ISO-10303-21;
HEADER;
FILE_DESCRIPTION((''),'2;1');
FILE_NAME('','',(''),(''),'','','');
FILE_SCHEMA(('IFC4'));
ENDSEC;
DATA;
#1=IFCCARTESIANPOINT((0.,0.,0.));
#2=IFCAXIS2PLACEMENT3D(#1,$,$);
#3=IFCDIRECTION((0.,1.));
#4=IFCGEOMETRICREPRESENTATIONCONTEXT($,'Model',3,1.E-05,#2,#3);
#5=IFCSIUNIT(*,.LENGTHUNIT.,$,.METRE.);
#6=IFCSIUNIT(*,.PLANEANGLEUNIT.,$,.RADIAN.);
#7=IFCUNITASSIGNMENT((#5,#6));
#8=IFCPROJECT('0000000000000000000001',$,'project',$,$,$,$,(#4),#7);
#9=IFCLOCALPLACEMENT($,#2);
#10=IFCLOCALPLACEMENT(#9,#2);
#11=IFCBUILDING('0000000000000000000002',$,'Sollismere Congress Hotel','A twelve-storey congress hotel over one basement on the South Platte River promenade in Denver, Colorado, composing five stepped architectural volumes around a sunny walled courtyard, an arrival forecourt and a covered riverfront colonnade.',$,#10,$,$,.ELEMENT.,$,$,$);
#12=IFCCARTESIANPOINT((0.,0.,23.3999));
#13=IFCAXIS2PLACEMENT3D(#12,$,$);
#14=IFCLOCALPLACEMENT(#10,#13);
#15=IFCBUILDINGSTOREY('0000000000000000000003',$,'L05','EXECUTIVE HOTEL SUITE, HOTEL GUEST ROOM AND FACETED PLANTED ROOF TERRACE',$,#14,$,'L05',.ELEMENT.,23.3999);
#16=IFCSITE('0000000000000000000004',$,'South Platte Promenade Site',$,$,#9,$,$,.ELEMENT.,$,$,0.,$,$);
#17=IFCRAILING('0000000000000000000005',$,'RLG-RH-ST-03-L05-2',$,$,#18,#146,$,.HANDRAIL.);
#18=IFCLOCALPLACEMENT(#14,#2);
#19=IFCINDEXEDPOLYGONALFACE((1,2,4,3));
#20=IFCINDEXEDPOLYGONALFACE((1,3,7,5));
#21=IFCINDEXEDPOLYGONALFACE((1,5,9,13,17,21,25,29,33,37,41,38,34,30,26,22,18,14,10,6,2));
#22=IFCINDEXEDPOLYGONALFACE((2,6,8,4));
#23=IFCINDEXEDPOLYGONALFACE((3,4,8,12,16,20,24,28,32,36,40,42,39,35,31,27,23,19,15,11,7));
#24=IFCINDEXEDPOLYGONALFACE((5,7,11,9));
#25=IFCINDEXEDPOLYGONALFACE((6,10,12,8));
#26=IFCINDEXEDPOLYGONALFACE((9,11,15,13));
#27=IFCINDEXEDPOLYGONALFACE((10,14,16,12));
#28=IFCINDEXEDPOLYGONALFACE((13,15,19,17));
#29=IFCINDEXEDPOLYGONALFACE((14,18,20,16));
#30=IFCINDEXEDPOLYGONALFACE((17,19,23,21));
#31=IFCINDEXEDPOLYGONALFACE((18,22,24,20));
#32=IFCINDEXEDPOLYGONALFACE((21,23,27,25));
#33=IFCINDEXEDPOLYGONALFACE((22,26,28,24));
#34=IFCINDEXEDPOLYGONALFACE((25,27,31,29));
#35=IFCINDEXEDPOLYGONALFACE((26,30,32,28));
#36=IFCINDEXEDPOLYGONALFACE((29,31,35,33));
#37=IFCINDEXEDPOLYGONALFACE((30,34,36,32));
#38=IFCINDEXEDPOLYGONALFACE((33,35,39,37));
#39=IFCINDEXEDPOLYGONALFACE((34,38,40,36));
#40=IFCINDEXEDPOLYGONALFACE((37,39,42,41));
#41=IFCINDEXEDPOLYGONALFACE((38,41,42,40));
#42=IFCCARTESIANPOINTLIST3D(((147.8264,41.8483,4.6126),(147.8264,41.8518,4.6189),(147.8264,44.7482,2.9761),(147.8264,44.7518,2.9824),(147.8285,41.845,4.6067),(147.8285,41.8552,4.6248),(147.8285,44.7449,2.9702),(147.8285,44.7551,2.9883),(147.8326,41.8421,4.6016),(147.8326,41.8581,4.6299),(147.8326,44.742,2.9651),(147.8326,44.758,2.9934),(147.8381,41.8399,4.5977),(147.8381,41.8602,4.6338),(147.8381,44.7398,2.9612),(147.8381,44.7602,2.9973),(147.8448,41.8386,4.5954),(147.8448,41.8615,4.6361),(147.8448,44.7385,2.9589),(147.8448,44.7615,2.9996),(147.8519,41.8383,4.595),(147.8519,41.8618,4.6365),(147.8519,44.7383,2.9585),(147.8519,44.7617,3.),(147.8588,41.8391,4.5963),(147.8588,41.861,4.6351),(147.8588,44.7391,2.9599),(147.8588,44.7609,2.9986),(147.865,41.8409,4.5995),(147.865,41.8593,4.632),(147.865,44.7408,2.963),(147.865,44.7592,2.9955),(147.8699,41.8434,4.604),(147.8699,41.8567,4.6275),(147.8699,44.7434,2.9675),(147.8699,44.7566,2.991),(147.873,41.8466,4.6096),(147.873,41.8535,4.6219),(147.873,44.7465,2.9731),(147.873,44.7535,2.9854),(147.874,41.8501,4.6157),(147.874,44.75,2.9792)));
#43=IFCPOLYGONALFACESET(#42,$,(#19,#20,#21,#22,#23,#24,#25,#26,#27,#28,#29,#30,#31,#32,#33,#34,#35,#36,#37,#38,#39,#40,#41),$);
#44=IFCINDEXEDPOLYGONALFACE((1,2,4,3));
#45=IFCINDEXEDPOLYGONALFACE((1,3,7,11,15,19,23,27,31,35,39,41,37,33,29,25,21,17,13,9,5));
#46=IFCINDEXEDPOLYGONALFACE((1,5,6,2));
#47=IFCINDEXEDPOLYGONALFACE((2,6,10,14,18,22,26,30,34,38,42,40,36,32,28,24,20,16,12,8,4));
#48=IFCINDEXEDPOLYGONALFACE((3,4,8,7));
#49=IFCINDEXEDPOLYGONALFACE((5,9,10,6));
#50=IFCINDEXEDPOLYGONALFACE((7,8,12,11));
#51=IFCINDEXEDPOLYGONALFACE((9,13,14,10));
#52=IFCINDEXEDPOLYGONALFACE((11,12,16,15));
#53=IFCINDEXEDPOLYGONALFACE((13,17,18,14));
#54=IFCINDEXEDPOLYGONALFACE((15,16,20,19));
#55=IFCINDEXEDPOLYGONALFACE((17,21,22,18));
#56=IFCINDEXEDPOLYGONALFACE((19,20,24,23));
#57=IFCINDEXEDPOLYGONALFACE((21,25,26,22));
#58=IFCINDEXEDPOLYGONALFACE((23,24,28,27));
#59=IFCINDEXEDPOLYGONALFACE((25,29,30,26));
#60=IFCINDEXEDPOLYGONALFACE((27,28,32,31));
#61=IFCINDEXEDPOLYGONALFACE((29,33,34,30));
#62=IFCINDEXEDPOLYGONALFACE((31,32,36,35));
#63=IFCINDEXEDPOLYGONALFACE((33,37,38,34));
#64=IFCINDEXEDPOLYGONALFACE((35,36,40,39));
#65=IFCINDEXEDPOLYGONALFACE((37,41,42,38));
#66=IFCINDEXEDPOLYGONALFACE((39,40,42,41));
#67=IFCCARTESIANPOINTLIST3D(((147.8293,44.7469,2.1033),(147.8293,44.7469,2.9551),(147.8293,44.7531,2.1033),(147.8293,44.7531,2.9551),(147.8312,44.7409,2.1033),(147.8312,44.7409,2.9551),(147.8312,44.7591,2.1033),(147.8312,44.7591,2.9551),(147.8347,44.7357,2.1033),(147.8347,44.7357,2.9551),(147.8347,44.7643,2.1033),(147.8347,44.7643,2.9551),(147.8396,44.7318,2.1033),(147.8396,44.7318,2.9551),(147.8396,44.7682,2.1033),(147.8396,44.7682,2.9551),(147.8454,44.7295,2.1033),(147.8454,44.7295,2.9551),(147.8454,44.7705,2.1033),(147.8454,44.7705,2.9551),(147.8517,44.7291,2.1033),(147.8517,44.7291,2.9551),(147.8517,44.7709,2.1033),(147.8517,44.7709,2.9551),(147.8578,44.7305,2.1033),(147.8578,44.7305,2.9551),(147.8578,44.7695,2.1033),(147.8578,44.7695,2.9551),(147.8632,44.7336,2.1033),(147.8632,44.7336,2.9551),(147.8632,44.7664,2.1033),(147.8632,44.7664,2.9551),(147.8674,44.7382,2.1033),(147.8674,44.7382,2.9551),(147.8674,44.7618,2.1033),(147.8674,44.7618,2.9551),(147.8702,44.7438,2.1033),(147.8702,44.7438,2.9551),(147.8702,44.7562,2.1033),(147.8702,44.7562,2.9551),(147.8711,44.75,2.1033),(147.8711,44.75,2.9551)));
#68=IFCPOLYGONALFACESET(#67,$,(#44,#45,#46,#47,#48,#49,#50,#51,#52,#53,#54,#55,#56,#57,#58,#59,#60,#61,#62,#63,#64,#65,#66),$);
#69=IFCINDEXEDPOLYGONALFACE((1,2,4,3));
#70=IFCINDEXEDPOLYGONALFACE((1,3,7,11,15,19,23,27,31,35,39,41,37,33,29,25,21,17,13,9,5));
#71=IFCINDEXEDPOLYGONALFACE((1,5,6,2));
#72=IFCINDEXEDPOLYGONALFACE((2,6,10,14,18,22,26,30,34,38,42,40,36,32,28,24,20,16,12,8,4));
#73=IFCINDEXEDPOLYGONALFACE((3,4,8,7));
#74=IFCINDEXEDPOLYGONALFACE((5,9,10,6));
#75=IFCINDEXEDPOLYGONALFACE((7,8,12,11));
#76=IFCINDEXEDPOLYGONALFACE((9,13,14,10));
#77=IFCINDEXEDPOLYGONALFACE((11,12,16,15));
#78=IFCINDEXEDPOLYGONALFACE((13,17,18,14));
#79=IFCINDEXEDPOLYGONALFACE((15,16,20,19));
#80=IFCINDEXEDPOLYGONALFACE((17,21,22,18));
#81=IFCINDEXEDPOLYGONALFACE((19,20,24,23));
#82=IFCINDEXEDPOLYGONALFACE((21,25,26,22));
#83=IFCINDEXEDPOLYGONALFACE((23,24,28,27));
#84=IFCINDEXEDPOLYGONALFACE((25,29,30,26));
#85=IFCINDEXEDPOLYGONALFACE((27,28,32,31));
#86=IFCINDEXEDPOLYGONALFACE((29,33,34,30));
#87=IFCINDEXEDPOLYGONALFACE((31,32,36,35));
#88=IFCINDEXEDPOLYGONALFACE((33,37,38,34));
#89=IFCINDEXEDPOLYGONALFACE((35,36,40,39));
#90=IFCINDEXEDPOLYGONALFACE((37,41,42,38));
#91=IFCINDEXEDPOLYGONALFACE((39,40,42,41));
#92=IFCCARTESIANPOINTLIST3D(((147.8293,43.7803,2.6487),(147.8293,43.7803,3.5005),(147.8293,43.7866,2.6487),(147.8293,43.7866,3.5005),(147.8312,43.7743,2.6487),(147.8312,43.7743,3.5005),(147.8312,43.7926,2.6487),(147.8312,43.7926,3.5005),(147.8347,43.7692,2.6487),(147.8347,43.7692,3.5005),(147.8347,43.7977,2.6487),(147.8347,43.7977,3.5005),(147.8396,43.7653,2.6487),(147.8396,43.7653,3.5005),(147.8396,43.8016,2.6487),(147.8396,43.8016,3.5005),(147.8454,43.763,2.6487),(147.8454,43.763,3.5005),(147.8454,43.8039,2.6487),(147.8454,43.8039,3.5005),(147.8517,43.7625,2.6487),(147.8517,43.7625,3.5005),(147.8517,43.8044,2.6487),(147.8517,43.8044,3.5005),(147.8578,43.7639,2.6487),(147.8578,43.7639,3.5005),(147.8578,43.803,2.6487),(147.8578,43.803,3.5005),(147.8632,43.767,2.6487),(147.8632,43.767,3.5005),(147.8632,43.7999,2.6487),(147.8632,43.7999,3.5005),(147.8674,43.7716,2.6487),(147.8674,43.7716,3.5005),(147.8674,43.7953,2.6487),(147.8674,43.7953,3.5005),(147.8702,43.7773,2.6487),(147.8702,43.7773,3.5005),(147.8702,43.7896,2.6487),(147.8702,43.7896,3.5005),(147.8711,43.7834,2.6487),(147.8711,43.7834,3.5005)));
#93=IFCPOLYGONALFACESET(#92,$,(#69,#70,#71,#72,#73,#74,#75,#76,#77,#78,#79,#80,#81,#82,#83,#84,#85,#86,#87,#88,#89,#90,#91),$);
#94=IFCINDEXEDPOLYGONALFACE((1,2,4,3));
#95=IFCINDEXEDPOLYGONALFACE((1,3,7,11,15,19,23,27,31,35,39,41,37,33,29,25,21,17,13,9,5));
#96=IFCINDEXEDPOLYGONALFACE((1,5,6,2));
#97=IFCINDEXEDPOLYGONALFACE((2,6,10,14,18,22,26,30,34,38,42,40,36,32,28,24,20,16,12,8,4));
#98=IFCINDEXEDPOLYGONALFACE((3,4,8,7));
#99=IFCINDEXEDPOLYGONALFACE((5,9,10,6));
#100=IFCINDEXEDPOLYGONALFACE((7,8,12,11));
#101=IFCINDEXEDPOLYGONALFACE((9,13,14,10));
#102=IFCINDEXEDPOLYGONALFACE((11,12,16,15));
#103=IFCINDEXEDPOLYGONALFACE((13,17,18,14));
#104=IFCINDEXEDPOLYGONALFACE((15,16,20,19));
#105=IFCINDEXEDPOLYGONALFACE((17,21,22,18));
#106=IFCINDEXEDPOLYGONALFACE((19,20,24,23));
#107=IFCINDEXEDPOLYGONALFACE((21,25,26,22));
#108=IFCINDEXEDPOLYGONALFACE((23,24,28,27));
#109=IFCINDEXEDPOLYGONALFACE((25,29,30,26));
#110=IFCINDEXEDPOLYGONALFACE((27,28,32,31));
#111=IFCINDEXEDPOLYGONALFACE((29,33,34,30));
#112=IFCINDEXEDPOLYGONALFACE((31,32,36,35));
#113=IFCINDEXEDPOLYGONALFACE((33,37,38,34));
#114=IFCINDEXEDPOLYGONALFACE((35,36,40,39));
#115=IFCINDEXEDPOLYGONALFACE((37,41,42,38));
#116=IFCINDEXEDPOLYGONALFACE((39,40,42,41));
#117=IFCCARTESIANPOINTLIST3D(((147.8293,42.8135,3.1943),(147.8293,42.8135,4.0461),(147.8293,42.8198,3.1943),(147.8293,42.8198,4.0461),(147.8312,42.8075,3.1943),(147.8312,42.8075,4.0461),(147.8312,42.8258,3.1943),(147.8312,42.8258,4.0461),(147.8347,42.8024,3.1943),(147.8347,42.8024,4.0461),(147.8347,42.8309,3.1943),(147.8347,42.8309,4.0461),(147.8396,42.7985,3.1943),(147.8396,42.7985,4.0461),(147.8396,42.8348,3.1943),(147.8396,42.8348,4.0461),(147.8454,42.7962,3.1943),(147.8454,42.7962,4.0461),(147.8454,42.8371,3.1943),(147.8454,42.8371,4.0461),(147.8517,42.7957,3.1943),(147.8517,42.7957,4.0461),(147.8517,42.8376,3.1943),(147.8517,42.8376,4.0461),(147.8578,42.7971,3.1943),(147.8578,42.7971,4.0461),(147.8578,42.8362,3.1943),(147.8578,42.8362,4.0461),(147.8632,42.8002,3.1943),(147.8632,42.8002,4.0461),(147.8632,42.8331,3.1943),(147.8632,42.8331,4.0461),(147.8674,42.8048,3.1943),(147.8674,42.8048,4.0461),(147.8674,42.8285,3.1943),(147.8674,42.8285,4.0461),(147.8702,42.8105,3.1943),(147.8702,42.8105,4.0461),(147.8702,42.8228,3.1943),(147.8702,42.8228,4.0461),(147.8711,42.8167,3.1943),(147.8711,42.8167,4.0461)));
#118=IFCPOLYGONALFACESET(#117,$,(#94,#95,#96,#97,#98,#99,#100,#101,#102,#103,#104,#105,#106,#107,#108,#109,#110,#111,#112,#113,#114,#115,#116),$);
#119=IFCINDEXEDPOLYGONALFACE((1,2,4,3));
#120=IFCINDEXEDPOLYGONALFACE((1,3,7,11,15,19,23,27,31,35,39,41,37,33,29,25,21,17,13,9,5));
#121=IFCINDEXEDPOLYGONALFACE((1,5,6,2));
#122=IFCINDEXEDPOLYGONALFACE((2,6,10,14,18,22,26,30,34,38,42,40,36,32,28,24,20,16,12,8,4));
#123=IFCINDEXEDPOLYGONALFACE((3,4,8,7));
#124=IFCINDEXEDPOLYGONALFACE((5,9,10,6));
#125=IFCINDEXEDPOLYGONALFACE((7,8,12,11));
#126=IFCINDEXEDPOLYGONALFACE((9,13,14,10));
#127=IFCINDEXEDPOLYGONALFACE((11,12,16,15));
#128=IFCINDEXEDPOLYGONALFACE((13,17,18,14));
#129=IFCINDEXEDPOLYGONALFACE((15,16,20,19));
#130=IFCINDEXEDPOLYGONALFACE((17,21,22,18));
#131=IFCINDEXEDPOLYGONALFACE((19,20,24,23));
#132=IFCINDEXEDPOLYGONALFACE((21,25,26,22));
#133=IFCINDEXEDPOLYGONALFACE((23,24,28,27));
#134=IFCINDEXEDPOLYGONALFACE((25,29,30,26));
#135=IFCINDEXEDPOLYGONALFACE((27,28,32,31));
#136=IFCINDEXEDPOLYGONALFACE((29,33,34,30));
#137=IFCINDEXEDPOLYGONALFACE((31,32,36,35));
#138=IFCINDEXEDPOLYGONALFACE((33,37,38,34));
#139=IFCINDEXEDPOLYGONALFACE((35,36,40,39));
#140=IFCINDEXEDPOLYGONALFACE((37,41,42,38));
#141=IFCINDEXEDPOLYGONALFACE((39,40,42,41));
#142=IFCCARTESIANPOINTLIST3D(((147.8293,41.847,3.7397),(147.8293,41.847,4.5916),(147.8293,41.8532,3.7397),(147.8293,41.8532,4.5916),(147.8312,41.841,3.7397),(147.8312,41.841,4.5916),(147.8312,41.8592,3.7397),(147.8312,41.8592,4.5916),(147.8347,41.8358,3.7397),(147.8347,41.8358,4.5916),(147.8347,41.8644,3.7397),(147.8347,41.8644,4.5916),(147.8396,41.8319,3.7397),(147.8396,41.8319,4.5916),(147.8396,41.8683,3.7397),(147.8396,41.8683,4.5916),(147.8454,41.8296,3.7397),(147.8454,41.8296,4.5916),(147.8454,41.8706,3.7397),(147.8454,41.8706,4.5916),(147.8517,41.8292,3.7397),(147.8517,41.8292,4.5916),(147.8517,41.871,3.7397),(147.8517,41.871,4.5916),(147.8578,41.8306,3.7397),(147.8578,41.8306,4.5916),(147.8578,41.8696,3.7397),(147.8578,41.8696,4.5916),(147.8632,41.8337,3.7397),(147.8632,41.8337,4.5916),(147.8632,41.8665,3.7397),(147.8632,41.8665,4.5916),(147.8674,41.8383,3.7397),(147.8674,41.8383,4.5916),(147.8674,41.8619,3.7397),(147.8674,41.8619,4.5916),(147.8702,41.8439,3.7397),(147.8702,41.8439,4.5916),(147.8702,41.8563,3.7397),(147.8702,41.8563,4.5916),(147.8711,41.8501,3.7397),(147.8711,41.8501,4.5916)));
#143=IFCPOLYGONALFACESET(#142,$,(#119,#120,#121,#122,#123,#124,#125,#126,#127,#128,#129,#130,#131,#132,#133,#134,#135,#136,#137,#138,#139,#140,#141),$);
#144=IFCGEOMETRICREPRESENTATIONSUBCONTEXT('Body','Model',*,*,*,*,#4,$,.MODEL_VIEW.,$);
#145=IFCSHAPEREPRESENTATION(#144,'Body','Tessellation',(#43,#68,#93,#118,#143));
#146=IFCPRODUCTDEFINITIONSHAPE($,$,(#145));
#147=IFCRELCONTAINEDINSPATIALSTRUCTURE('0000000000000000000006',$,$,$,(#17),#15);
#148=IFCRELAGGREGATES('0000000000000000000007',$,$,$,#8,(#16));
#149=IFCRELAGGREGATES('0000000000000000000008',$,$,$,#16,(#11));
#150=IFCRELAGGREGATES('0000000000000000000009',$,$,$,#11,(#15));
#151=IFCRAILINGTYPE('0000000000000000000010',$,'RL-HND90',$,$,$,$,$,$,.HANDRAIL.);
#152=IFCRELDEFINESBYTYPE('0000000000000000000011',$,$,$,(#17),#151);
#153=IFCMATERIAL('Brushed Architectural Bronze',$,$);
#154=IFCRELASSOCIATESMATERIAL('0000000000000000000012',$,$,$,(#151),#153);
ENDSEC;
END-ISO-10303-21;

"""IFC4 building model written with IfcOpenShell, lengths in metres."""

from ifc_helpers import new_model, si_unit, direction, frame, origin, origin_2d, place, context, subcontext, project, spatial, circle, extrude, material, type_object, element, save


model = new_model("IFC4")

# Units and contexts
model_context = context("Model", 3, precision=1e-05, world=origin(), true_north=direction((0.0, 1.0)))
body_context = subcontext(model_context, "Body", "Model", "MODEL_VIEW")
ifc_project = project(units=[si_unit("LENGTHUNIT", "METRE"), si_unit("PLANEANGLEUNIT", "RADIAN")], contexts=[model_context])

# Site, building, storey
site_placement = place(None, origin())
site = spatial("IfcSite", under=ifc_project, at=site_placement, Name="South Platte Promenade Site", CompositionType="ELEMENT", RefElevation=0.0)
building_placement = place(site_placement, origin())
building = spatial("IfcBuilding", under=site, at=building_placement, Name="Sollismere Congress Hotel", Description="A twelve-storey congress hotel over one basement on the South Platte River promenade in Denver, Colorado, composing five stepped architectural volumes around a sunny walled courtyard, an arrival forecourt and a covered riverfront colonnade.", CompositionType="ELEMENT")
storey_placement = place(building_placement, frame((0.0, 0.0, 23.3999)))
storey = spatial("IfcBuildingStorey", under=building, at=storey_placement, Name="L05", Description="EXECUTIVE HOTEL SUITE, HOTEL GUEST ROOM AND FACETED PLANTED ROOF TERRACE", LongName="L05", CompositionType="ELEMENT", Elevation=23.3999)

# Railing
ifc_material_1 = material(Name="Brushed Architectural Bronze")
railing_type_1 = type_object("IfcRailingType", Name="RL-HND90", PredefinedType="HANDRAIL", material=ifc_material_1)
railing_1_placement = place(storey_placement, frame((147.8501, 44.75, 2.1033)))
element("IfcRailing", 1, at=railing_1_placement, inside=storey, type_object=railing_type_1, Name="RLG-RH-ST-03-L05-2", PredefinedType="HANDRAIL", context=body_context, shape_type="SweptSolid", body=[
    extrude(circle(Radius=0.0239, at=origin_2d()), frame((0.0, 0.0, 0.876), z_axis=(0.0, -0.870897, 0.491465), x_axis=(1.0, 0.0, 0.0)), (0.0, 0.0, 1.0), 3.3298),
    extrude(circle(Radius=0.021, at=origin_2d()), origin(), (0.0, 0.0, 1.0), 0.8518),
    extrude(circle(Radius=0.021, at=origin_2d()), frame((0.0, -0.9666, 0.5454)), (0.0, 0.0, 1.0), 0.8518),
    extrude(circle(Radius=0.021, at=origin_2d()), frame((0.0, -1.9333, 1.0911)), (0.0, 0.0, 1.0), 0.8518),
    extrude(circle(Radius=0.021, at=origin_2d()), frame((0.0, -2.8999, 1.6365)), (0.0, 0.0, 1.0), 0.8518),
])

save(model, "model.ifc")
